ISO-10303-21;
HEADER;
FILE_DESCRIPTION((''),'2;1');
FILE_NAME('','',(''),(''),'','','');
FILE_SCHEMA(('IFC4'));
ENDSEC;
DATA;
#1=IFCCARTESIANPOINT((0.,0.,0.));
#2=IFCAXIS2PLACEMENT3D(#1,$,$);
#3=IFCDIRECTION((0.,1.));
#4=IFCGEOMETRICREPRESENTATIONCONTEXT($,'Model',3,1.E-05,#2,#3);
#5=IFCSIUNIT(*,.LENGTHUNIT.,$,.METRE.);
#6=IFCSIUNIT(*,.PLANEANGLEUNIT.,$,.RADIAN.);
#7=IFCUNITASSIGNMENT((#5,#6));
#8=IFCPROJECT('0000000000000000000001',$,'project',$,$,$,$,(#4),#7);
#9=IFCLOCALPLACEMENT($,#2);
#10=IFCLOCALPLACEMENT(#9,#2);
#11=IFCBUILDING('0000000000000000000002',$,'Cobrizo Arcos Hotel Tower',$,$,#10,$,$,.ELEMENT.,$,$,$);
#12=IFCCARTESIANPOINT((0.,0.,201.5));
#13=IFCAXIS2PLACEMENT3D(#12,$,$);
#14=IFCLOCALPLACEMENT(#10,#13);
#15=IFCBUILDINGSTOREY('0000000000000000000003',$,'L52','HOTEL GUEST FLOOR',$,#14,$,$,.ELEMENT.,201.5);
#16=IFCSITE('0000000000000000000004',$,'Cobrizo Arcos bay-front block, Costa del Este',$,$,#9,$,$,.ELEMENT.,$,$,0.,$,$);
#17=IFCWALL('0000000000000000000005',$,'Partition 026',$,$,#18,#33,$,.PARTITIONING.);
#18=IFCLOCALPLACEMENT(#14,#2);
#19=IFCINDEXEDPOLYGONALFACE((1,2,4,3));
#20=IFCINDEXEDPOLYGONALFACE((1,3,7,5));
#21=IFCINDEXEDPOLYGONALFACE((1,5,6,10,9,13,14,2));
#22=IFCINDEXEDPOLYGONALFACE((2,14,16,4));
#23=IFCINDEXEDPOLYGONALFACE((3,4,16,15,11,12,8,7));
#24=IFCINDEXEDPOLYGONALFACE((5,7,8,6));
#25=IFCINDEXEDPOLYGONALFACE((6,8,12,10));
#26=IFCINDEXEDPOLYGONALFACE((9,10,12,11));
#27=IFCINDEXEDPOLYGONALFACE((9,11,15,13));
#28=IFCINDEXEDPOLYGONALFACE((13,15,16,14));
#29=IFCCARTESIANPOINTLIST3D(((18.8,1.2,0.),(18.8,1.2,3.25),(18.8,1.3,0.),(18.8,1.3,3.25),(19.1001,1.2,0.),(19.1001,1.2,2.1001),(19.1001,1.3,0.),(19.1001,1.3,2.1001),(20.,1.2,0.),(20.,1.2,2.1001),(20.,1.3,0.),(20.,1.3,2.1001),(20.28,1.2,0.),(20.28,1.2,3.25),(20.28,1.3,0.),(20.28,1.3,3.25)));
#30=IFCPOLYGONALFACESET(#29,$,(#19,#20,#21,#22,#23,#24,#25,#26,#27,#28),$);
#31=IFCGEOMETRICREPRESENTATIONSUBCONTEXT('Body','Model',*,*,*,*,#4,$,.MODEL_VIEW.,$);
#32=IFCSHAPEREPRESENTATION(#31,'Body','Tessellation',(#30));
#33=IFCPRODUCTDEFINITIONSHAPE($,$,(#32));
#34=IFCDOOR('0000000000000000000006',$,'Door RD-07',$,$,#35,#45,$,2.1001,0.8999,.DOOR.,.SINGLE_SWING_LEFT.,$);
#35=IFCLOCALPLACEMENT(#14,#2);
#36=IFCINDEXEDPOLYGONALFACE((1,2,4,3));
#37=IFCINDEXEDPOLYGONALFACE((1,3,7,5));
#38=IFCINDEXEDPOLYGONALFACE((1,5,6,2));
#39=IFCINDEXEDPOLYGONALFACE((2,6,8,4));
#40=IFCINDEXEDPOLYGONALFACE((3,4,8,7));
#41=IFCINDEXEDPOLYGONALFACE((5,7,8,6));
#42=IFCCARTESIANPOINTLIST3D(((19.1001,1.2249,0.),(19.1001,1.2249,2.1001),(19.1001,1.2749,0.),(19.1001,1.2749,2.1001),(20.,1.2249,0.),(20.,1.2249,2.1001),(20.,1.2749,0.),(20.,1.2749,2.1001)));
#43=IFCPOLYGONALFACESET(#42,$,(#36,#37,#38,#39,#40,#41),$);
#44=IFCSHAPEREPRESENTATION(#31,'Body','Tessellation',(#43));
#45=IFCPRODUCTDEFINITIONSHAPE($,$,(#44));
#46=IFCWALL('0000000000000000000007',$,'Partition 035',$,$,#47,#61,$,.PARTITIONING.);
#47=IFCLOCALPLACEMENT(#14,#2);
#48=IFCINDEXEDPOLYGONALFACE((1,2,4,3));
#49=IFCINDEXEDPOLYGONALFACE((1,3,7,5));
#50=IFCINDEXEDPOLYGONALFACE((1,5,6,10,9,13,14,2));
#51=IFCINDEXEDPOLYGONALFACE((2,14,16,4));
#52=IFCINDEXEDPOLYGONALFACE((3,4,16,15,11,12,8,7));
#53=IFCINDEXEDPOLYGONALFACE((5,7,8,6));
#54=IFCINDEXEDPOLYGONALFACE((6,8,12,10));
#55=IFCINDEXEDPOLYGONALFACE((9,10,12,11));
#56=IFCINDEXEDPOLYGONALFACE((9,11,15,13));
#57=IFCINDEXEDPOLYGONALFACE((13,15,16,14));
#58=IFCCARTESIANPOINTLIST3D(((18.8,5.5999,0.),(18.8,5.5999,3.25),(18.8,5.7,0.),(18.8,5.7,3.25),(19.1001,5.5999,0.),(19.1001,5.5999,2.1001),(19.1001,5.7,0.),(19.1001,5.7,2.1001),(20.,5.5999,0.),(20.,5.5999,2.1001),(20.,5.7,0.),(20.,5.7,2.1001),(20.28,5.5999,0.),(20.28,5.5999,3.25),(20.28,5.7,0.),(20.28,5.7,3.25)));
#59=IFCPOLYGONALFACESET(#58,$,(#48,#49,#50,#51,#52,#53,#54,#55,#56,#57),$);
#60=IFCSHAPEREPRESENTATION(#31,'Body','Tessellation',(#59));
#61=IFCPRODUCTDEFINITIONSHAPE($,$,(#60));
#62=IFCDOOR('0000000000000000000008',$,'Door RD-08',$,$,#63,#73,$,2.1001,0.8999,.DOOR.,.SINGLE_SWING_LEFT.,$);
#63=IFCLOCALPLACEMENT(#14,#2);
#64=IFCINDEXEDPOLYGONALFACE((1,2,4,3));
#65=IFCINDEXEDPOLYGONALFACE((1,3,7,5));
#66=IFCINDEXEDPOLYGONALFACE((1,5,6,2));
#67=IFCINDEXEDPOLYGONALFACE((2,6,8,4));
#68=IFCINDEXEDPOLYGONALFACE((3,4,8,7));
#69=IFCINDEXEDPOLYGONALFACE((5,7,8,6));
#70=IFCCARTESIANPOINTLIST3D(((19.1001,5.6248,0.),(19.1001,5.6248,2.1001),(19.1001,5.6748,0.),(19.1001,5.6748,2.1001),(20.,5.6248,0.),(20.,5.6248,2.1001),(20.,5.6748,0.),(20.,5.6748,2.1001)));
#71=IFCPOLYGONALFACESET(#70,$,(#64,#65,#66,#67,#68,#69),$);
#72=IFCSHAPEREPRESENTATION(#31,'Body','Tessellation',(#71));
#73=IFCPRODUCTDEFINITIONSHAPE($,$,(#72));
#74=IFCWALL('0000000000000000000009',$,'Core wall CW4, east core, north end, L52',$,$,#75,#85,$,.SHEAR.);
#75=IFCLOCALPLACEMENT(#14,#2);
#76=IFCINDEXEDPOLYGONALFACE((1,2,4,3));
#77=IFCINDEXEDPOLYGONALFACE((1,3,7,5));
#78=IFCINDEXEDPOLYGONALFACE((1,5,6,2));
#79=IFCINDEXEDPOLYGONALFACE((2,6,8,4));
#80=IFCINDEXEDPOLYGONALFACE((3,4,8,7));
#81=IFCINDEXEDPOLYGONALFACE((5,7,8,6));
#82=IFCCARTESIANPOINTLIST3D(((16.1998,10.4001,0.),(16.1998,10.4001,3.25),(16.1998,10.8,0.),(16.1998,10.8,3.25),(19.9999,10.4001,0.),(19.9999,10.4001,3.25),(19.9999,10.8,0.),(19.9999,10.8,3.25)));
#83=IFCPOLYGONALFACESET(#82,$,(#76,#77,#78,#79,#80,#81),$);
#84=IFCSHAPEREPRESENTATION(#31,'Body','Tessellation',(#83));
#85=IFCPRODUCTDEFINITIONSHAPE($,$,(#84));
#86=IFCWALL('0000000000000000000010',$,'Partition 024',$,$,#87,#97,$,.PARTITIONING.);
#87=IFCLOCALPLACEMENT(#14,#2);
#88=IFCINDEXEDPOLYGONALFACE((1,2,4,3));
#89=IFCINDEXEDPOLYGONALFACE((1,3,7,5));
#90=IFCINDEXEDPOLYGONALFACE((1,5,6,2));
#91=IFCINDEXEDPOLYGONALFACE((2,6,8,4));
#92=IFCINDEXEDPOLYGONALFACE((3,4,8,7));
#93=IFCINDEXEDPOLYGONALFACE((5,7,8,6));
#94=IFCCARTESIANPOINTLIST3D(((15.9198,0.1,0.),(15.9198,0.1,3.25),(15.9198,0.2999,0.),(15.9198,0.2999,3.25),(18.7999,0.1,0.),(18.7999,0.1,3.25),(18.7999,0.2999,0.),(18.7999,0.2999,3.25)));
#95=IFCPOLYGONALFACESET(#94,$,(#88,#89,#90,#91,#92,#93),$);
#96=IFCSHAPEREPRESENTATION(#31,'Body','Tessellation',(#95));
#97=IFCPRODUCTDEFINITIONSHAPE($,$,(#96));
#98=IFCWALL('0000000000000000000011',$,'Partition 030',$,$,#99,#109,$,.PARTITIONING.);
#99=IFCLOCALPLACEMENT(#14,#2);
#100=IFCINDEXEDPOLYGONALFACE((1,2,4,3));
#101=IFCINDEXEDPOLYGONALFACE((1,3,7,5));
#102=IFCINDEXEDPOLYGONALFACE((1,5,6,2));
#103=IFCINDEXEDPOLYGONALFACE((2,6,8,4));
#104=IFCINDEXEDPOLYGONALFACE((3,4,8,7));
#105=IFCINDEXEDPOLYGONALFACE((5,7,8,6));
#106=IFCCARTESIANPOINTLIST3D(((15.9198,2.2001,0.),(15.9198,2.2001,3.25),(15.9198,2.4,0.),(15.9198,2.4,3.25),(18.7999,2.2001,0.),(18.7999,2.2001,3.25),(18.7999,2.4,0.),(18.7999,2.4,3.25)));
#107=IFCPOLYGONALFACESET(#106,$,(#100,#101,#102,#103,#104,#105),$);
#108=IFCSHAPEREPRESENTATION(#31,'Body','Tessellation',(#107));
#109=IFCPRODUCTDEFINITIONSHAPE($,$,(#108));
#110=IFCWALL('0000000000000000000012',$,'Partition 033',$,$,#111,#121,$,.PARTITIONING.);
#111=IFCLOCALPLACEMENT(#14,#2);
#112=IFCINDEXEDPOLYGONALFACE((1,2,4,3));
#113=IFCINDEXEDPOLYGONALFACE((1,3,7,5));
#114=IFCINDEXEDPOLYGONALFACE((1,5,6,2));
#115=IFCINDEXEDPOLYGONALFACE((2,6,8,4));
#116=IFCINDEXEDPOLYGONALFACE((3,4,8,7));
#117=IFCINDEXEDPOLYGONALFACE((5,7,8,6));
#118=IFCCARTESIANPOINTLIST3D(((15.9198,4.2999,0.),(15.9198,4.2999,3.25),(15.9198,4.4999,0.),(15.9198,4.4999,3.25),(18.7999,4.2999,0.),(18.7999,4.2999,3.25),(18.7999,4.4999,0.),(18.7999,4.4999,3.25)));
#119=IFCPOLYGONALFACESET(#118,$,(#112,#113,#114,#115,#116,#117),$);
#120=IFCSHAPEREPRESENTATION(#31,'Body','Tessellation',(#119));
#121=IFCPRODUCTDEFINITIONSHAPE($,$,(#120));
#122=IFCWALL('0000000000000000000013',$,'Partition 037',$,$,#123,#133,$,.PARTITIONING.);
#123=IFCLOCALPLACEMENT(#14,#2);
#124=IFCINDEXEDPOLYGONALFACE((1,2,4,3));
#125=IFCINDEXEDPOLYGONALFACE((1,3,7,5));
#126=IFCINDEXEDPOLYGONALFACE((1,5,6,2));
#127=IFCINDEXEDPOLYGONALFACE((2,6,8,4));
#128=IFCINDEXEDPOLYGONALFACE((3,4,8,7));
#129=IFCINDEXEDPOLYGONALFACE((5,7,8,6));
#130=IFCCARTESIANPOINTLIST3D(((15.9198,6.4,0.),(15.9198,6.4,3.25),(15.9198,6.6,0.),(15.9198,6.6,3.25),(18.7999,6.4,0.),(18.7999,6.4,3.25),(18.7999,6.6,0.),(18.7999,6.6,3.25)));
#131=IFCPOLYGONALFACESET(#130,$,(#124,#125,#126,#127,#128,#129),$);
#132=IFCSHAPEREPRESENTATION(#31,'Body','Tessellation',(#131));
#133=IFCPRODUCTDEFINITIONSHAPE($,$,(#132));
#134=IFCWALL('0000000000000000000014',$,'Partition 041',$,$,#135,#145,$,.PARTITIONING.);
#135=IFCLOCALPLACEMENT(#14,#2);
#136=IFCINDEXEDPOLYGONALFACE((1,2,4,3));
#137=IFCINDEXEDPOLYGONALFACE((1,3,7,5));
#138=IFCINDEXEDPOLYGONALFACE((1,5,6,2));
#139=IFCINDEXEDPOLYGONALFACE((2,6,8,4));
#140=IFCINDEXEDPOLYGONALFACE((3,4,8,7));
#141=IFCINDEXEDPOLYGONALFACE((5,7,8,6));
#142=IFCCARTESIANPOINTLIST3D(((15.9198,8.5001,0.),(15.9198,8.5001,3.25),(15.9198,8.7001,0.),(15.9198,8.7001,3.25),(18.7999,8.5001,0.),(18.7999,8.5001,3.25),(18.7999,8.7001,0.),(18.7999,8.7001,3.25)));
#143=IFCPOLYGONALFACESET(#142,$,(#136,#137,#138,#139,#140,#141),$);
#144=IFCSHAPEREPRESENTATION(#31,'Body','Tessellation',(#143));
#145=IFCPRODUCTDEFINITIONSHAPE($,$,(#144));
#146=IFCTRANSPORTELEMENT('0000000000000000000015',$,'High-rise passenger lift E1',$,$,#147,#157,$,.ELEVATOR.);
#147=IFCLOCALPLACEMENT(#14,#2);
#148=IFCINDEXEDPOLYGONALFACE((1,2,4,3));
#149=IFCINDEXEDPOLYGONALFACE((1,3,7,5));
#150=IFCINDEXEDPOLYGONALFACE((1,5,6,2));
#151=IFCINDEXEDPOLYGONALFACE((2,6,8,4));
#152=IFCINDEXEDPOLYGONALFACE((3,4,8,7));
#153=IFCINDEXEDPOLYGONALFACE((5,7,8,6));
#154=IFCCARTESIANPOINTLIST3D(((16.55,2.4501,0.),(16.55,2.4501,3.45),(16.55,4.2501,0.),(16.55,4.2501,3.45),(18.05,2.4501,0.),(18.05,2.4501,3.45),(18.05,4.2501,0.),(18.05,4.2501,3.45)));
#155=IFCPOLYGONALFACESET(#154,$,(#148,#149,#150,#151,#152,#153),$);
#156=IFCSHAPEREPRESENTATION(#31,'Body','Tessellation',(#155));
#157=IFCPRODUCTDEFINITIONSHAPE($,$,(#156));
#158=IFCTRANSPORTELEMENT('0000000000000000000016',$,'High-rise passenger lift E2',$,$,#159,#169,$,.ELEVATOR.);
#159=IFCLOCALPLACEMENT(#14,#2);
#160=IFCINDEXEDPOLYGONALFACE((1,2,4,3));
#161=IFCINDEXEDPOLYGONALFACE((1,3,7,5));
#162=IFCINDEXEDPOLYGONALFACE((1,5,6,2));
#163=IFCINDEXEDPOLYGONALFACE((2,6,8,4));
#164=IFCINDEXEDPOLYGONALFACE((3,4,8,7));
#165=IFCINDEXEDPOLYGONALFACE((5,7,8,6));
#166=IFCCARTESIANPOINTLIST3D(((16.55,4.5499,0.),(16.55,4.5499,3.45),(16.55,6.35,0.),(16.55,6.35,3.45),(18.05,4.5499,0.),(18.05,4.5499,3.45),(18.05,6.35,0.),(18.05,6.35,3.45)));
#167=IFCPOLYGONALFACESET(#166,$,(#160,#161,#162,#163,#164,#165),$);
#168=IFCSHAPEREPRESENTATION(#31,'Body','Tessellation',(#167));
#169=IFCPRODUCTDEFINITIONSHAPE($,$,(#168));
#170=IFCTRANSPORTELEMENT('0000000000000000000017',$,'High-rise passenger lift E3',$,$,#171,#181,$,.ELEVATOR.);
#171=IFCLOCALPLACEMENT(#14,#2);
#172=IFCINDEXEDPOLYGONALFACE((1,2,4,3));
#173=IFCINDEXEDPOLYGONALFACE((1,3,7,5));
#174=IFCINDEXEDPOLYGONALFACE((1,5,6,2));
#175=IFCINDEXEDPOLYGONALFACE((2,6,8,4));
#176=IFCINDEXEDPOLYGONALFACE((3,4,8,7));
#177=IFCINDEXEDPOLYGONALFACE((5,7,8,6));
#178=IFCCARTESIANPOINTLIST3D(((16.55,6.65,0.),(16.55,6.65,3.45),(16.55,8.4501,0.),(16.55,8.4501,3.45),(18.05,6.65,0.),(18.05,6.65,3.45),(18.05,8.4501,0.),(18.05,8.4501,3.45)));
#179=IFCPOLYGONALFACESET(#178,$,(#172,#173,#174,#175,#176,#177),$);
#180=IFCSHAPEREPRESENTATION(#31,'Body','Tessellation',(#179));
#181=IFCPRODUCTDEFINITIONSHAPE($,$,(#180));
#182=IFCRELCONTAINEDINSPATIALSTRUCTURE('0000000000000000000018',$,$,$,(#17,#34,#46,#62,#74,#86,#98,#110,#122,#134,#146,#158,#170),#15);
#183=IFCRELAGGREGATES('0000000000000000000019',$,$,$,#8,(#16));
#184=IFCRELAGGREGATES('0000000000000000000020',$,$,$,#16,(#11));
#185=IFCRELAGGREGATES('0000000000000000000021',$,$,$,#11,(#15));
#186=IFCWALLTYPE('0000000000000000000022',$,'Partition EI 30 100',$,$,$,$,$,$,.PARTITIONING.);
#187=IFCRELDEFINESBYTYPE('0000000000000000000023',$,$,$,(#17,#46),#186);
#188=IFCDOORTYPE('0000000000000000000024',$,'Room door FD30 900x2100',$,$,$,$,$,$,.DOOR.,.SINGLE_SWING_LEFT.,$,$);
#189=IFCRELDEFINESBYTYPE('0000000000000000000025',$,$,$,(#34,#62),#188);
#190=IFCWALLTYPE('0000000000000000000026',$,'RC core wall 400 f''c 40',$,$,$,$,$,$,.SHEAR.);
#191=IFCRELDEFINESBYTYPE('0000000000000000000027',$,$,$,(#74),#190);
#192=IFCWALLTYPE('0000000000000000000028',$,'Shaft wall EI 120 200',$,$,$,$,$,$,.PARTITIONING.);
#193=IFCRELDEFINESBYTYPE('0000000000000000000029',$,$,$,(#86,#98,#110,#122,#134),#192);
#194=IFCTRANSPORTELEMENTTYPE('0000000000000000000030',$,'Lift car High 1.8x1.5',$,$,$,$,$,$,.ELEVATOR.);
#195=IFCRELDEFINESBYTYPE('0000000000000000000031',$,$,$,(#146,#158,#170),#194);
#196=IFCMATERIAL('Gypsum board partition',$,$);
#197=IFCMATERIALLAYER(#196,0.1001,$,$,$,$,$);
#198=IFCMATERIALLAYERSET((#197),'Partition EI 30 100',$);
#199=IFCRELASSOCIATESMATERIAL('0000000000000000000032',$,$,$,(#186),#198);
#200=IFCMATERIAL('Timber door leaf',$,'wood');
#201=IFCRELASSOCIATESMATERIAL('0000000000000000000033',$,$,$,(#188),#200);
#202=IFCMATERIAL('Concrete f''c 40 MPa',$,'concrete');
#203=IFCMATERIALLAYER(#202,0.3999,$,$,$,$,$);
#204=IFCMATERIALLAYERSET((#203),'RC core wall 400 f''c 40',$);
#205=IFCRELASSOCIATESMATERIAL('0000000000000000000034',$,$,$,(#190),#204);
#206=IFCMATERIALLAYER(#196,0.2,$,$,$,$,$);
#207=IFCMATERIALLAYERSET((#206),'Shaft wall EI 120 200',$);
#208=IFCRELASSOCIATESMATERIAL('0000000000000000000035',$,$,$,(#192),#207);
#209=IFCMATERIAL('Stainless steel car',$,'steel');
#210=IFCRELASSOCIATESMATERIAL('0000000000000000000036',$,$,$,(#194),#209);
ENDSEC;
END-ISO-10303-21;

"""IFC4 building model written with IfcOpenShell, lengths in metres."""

from ifc_helpers import new_model, si_unit, direction, frame, frame_2d, origin, origin_2d, place, context, subcontext, project, spatial, rectangle, extrude, material, layer, layer_set, type_object, element, fill, save


model = new_model("IFC4")

# Units and contexts
model_context = context("Model", 3, precision=1e-05, world=origin(), true_north=direction((0.0, 1.0)))
body_context = subcontext(model_context, "Body", "Model", "MODEL_VIEW")
ifc_project = project(units=[si_unit("LENGTHUNIT", "METRE"), si_unit("PLANEANGLEUNIT", "RADIAN")], contexts=[model_context])

# Site, building, storey
site_placement = place(None, origin())
site = spatial("IfcSite", under=ifc_project, at=site_placement, Name="Cobrizo Arcos bay-front block, Costa del Este", CompositionType="ELEMENT", RefElevation=0.0)
building_placement = place(site_placement, origin())
building = spatial("IfcBuilding", under=site, at=building_placement, Name="Cobrizo Arcos Hotel Tower", CompositionType="ELEMENT")
storey_placement = place(building_placement, frame((0.0, 0.0, 201.5)))
storey = spatial("IfcBuildingStorey", under=building, at=storey_placement, Name="L52", Description="HOTEL GUEST FLOOR", CompositionType="ELEMENT", Elevation=201.5)

# Shared definitions
ifc_material_1 = material(Name="Gypsum board partition")

# Walls, openings, doors
ifc_layer_1 = layer(ifc_material_1, 0.1001)
ifc_layer_set_1 = layer_set([ifc_layer_1], Name="Partition EI 30 100")
wall_type_1 = type_object("IfcWallType", Name="Partition EI 30 100", PredefinedType="PARTITIONING", material=ifc_layer_set_1)
wall_1_placement = place(storey_placement, frame((18.8, 1.25, 0.0), z_axis=(0.0, 0.0, 1.0), x_axis=(1.0, 0.0, 0.0)))
wall_1 = element("IfcWall", 1, at=wall_1_placement, inside=storey, type_object=wall_type_1, Name="Partition 026", PredefinedType="PARTITIONING", context=body_context, shape_type="SweptSolid", body=[
    extrude(rectangle(XDim=1.48, YDim=0.1001, at=frame_2d((0.74, 0.0))), origin(), (0.0, 0.0, 1.0), 3.25),
])
opening_1_placement = place(wall_1_placement, frame((0.3, 0.0, 0.0)))
opening_1 = element("IfcOpeningElement", 2, at=opening_1_placement, cuts=wall_1, PredefinedType="OPENING", context=body_context, shape_type="SweptSolid", body=[
    extrude(rectangle(XDim=0.8999, YDim=2.1001, at=frame_2d((0.45, 1.05))), frame((0.0, 0.062, 0.0), z_axis=(0.0, -1.0, 0.0), x_axis=(1.0, 0.0, 0.0)), (0.0, 0.0, 1.0), 0.124),
])
ifc_material_2 = material(Name="Timber door leaf", Category="wood")
door_type = type_object("IfcDoorType", Name="Room door FD30 900x2100", OperationType="SINGLE_SWING_LEFT", PredefinedType="DOOR", material=ifc_material_2)
door_1_placement = place(opening_1_placement, origin())
door_1 = element("IfcDoor", 3, at=door_1_placement, inside=storey, type_object=door_type, Name="Door RD-07", OperationType="SINGLE_SWING_LEFT", OverallHeight=2.1001, OverallWidth=0.8999, PredefinedType="DOOR", context=body_context, shape_type="SweptSolid", body=[
    extrude(rectangle(XDim=0.8999, YDim=2.1001, at=frame_2d((0.45, 1.05))), frame((0.0, 0.0249, 0.0), z_axis=(0.0, -1.0, 0.0), x_axis=(1.0, 0.0, 0.0)), (0.0, 0.0, 1.0), 0.05),
])
fill(opening_1, door_1)
wall_2_placement = place(storey_placement, frame((18.8, 5.6499, 0.0), z_axis=(0.0, 0.0, 1.0), x_axis=(1.0, 0.0, 0.0)))
wall_2 = element("IfcWall", 4, at=wall_2_placement, inside=storey, type_object=wall_type_1, Name="Partition 035", PredefinedType="PARTITIONING", context=body_context, shape_type="SweptSolid", body=[
    extrude(rectangle(XDim=1.48, YDim=0.1001, at=frame_2d((0.74, 0.0))), origin(), (0.0, 0.0, 1.0), 3.25),
])
opening_2_placement = place(wall_2_placement, frame((0.3, 0.0, 0.0)))
opening_2 = element("IfcOpeningElement", 5, at=opening_2_placement, cuts=wall_2, PredefinedType="OPENING", context=body_context, shape_type="SweptSolid", body=[
    extrude(rectangle(XDim=0.8999, YDim=2.1001, at=frame_2d((0.45, 1.05))), frame((0.0, 0.062, 0.0), z_axis=(0.0, -1.0, 0.0), x_axis=(1.0, 0.0, 0.0)), (0.0, 0.0, 1.0), 0.124),
])
door_2_placement = place(opening_2_placement, origin())
door_2 = element("IfcDoor", 6, at=door_2_placement, inside=storey, type_object=door_type, Name="Door RD-08", OperationType="SINGLE_SWING_LEFT", OverallHeight=2.1001, OverallWidth=0.8999, PredefinedType="DOOR", context=body_context, shape_type="SweptSolid", body=[
    extrude(rectangle(XDim=0.8999, YDim=2.1001, at=frame_2d((0.45, 1.05))), frame((0.0, 0.0249, 0.0), z_axis=(0.0, -1.0, 0.0), x_axis=(1.0, 0.0, 0.0)), (0.0, 0.0, 1.0), 0.05),
])
fill(opening_2, door_2)

# Walls
ifc_material_3 = material(Name="Concrete f'c 40 MPa", Category="concrete")
ifc_layer_2 = layer(ifc_material_3, 0.3999)
ifc_layer_set_2 = layer_set([ifc_layer_2], Name="RC core wall 400 f'c 40")
wall_type_2 = type_object("IfcWallType", Name="RC core wall 400 f'c 40", PredefinedType="SHEAR", material=ifc_layer_set_2)
wall_3_placement = place(storey_placement, frame((16.2, 10.6001, 0.0), z_axis=(0.0, 0.0, 1.0), x_axis=(1.0, 0.0, 0.0)))
element("IfcWall", 7, at=wall_3_placement, inside=storey, type_object=wall_type_2, Name="Core wall CW4, east core, north end, L52", PredefinedType="SHEAR", context=body_context, shape_type="SweptSolid", body=[
    extrude(rectangle(XDim=3.8, YDim=0.3999, at=frame_2d((1.8999, 0.0))), origin(), (0.0, 0.0, 1.0), 3.25),
])
ifc_layer_3 = layer(ifc_material_1, 0.2)
ifc_layer_set_3 = layer_set([ifc_layer_3], Name="Shaft wall EI 120 200")
wall_type_3 = type_object("IfcWallType", Name="Shaft wall EI 120 200", PredefinedType="PARTITIONING", material=ifc_layer_set_3)
for number, where, z_axis, x_axis, name in (
    (8, (15.9199, 0.2, 0.0), (0.0, 0.0, 1.0), (1.0, 0.0, 0.0), "Partition 024"),
    (9, (15.9199, 2.3, 0.0), (0.0, 0.0, 1.0), (1.0, 0.0, 0.0), "Partition 030"),
    (10, (15.9199, 4.3999, 0.0), (0.0, 0.0, 1.0), (1.0, 0.0, 0.0), "Partition 033"),
    (11, (15.9199, 6.5, 0.0), (0.0, 0.0, 1.0), (1.0, 0.0, 0.0), "Partition 037"),
    (12, (15.9199, 8.6001, 0.0), (0.0, 0.0, 1.0), (1.0, 0.0, 0.0), "Partition 041"),
):
    element("IfcWall", number, at=place(storey_placement, frame(where, z_axis=z_axis, x_axis=x_axis)), inside=storey, type_object=wall_type_3, Name=name, PredefinedType="PARTITIONING", context=body_context, shape_type="SweptSolid", body=[
        extrude(rectangle(XDim=2.8801, YDim=0.2, at=frame_2d((1.4399, 0.0))), origin(), (0.0, 0.0, 1.0), 3.25),
    ])

# Transport elements
ifc_material_4 = material(Name="Stainless steel car", Category="steel")
transport_element_type = type_object("IfcTransportElementType", Name="Lift car High 1.8x1.5", PredefinedType="ELEVATOR", material=ifc_material_4)
for number, where, z_axis, x_axis, name in (
    (13, (17.3, 3.3501, 0.0), (0.0, 0.0, 1.0), (1.0, 0.0, 0.0), "High-rise passenger lift E1"),
    (14, (17.3, 5.45, 0.0), (0.0, 0.0, 1.0), (1.0, 0.0, 0.0), "High-rise passenger lift E2"),
    (15, (17.3, 7.55, 0.0), (0.0, 0.0, 1.0), (1.0, 0.0, 0.0), "High-rise passenger lift E3"),
):
    element("IfcTransportElement", number, at=place(storey_placement, frame(where, z_axis=z_axis, x_axis=x_axis)), inside=storey, type_object=transport_element_type, Name=name, PredefinedType="ELEVATOR", context=body_context, shape_type="SweptSolid", body=[
        extrude(rectangle(XDim=1.5, YDim=1.8, at=origin_2d()), origin(), (0.0, 0.0, 1.0), 3.45),
    ])

save(model, "model.ifc")
